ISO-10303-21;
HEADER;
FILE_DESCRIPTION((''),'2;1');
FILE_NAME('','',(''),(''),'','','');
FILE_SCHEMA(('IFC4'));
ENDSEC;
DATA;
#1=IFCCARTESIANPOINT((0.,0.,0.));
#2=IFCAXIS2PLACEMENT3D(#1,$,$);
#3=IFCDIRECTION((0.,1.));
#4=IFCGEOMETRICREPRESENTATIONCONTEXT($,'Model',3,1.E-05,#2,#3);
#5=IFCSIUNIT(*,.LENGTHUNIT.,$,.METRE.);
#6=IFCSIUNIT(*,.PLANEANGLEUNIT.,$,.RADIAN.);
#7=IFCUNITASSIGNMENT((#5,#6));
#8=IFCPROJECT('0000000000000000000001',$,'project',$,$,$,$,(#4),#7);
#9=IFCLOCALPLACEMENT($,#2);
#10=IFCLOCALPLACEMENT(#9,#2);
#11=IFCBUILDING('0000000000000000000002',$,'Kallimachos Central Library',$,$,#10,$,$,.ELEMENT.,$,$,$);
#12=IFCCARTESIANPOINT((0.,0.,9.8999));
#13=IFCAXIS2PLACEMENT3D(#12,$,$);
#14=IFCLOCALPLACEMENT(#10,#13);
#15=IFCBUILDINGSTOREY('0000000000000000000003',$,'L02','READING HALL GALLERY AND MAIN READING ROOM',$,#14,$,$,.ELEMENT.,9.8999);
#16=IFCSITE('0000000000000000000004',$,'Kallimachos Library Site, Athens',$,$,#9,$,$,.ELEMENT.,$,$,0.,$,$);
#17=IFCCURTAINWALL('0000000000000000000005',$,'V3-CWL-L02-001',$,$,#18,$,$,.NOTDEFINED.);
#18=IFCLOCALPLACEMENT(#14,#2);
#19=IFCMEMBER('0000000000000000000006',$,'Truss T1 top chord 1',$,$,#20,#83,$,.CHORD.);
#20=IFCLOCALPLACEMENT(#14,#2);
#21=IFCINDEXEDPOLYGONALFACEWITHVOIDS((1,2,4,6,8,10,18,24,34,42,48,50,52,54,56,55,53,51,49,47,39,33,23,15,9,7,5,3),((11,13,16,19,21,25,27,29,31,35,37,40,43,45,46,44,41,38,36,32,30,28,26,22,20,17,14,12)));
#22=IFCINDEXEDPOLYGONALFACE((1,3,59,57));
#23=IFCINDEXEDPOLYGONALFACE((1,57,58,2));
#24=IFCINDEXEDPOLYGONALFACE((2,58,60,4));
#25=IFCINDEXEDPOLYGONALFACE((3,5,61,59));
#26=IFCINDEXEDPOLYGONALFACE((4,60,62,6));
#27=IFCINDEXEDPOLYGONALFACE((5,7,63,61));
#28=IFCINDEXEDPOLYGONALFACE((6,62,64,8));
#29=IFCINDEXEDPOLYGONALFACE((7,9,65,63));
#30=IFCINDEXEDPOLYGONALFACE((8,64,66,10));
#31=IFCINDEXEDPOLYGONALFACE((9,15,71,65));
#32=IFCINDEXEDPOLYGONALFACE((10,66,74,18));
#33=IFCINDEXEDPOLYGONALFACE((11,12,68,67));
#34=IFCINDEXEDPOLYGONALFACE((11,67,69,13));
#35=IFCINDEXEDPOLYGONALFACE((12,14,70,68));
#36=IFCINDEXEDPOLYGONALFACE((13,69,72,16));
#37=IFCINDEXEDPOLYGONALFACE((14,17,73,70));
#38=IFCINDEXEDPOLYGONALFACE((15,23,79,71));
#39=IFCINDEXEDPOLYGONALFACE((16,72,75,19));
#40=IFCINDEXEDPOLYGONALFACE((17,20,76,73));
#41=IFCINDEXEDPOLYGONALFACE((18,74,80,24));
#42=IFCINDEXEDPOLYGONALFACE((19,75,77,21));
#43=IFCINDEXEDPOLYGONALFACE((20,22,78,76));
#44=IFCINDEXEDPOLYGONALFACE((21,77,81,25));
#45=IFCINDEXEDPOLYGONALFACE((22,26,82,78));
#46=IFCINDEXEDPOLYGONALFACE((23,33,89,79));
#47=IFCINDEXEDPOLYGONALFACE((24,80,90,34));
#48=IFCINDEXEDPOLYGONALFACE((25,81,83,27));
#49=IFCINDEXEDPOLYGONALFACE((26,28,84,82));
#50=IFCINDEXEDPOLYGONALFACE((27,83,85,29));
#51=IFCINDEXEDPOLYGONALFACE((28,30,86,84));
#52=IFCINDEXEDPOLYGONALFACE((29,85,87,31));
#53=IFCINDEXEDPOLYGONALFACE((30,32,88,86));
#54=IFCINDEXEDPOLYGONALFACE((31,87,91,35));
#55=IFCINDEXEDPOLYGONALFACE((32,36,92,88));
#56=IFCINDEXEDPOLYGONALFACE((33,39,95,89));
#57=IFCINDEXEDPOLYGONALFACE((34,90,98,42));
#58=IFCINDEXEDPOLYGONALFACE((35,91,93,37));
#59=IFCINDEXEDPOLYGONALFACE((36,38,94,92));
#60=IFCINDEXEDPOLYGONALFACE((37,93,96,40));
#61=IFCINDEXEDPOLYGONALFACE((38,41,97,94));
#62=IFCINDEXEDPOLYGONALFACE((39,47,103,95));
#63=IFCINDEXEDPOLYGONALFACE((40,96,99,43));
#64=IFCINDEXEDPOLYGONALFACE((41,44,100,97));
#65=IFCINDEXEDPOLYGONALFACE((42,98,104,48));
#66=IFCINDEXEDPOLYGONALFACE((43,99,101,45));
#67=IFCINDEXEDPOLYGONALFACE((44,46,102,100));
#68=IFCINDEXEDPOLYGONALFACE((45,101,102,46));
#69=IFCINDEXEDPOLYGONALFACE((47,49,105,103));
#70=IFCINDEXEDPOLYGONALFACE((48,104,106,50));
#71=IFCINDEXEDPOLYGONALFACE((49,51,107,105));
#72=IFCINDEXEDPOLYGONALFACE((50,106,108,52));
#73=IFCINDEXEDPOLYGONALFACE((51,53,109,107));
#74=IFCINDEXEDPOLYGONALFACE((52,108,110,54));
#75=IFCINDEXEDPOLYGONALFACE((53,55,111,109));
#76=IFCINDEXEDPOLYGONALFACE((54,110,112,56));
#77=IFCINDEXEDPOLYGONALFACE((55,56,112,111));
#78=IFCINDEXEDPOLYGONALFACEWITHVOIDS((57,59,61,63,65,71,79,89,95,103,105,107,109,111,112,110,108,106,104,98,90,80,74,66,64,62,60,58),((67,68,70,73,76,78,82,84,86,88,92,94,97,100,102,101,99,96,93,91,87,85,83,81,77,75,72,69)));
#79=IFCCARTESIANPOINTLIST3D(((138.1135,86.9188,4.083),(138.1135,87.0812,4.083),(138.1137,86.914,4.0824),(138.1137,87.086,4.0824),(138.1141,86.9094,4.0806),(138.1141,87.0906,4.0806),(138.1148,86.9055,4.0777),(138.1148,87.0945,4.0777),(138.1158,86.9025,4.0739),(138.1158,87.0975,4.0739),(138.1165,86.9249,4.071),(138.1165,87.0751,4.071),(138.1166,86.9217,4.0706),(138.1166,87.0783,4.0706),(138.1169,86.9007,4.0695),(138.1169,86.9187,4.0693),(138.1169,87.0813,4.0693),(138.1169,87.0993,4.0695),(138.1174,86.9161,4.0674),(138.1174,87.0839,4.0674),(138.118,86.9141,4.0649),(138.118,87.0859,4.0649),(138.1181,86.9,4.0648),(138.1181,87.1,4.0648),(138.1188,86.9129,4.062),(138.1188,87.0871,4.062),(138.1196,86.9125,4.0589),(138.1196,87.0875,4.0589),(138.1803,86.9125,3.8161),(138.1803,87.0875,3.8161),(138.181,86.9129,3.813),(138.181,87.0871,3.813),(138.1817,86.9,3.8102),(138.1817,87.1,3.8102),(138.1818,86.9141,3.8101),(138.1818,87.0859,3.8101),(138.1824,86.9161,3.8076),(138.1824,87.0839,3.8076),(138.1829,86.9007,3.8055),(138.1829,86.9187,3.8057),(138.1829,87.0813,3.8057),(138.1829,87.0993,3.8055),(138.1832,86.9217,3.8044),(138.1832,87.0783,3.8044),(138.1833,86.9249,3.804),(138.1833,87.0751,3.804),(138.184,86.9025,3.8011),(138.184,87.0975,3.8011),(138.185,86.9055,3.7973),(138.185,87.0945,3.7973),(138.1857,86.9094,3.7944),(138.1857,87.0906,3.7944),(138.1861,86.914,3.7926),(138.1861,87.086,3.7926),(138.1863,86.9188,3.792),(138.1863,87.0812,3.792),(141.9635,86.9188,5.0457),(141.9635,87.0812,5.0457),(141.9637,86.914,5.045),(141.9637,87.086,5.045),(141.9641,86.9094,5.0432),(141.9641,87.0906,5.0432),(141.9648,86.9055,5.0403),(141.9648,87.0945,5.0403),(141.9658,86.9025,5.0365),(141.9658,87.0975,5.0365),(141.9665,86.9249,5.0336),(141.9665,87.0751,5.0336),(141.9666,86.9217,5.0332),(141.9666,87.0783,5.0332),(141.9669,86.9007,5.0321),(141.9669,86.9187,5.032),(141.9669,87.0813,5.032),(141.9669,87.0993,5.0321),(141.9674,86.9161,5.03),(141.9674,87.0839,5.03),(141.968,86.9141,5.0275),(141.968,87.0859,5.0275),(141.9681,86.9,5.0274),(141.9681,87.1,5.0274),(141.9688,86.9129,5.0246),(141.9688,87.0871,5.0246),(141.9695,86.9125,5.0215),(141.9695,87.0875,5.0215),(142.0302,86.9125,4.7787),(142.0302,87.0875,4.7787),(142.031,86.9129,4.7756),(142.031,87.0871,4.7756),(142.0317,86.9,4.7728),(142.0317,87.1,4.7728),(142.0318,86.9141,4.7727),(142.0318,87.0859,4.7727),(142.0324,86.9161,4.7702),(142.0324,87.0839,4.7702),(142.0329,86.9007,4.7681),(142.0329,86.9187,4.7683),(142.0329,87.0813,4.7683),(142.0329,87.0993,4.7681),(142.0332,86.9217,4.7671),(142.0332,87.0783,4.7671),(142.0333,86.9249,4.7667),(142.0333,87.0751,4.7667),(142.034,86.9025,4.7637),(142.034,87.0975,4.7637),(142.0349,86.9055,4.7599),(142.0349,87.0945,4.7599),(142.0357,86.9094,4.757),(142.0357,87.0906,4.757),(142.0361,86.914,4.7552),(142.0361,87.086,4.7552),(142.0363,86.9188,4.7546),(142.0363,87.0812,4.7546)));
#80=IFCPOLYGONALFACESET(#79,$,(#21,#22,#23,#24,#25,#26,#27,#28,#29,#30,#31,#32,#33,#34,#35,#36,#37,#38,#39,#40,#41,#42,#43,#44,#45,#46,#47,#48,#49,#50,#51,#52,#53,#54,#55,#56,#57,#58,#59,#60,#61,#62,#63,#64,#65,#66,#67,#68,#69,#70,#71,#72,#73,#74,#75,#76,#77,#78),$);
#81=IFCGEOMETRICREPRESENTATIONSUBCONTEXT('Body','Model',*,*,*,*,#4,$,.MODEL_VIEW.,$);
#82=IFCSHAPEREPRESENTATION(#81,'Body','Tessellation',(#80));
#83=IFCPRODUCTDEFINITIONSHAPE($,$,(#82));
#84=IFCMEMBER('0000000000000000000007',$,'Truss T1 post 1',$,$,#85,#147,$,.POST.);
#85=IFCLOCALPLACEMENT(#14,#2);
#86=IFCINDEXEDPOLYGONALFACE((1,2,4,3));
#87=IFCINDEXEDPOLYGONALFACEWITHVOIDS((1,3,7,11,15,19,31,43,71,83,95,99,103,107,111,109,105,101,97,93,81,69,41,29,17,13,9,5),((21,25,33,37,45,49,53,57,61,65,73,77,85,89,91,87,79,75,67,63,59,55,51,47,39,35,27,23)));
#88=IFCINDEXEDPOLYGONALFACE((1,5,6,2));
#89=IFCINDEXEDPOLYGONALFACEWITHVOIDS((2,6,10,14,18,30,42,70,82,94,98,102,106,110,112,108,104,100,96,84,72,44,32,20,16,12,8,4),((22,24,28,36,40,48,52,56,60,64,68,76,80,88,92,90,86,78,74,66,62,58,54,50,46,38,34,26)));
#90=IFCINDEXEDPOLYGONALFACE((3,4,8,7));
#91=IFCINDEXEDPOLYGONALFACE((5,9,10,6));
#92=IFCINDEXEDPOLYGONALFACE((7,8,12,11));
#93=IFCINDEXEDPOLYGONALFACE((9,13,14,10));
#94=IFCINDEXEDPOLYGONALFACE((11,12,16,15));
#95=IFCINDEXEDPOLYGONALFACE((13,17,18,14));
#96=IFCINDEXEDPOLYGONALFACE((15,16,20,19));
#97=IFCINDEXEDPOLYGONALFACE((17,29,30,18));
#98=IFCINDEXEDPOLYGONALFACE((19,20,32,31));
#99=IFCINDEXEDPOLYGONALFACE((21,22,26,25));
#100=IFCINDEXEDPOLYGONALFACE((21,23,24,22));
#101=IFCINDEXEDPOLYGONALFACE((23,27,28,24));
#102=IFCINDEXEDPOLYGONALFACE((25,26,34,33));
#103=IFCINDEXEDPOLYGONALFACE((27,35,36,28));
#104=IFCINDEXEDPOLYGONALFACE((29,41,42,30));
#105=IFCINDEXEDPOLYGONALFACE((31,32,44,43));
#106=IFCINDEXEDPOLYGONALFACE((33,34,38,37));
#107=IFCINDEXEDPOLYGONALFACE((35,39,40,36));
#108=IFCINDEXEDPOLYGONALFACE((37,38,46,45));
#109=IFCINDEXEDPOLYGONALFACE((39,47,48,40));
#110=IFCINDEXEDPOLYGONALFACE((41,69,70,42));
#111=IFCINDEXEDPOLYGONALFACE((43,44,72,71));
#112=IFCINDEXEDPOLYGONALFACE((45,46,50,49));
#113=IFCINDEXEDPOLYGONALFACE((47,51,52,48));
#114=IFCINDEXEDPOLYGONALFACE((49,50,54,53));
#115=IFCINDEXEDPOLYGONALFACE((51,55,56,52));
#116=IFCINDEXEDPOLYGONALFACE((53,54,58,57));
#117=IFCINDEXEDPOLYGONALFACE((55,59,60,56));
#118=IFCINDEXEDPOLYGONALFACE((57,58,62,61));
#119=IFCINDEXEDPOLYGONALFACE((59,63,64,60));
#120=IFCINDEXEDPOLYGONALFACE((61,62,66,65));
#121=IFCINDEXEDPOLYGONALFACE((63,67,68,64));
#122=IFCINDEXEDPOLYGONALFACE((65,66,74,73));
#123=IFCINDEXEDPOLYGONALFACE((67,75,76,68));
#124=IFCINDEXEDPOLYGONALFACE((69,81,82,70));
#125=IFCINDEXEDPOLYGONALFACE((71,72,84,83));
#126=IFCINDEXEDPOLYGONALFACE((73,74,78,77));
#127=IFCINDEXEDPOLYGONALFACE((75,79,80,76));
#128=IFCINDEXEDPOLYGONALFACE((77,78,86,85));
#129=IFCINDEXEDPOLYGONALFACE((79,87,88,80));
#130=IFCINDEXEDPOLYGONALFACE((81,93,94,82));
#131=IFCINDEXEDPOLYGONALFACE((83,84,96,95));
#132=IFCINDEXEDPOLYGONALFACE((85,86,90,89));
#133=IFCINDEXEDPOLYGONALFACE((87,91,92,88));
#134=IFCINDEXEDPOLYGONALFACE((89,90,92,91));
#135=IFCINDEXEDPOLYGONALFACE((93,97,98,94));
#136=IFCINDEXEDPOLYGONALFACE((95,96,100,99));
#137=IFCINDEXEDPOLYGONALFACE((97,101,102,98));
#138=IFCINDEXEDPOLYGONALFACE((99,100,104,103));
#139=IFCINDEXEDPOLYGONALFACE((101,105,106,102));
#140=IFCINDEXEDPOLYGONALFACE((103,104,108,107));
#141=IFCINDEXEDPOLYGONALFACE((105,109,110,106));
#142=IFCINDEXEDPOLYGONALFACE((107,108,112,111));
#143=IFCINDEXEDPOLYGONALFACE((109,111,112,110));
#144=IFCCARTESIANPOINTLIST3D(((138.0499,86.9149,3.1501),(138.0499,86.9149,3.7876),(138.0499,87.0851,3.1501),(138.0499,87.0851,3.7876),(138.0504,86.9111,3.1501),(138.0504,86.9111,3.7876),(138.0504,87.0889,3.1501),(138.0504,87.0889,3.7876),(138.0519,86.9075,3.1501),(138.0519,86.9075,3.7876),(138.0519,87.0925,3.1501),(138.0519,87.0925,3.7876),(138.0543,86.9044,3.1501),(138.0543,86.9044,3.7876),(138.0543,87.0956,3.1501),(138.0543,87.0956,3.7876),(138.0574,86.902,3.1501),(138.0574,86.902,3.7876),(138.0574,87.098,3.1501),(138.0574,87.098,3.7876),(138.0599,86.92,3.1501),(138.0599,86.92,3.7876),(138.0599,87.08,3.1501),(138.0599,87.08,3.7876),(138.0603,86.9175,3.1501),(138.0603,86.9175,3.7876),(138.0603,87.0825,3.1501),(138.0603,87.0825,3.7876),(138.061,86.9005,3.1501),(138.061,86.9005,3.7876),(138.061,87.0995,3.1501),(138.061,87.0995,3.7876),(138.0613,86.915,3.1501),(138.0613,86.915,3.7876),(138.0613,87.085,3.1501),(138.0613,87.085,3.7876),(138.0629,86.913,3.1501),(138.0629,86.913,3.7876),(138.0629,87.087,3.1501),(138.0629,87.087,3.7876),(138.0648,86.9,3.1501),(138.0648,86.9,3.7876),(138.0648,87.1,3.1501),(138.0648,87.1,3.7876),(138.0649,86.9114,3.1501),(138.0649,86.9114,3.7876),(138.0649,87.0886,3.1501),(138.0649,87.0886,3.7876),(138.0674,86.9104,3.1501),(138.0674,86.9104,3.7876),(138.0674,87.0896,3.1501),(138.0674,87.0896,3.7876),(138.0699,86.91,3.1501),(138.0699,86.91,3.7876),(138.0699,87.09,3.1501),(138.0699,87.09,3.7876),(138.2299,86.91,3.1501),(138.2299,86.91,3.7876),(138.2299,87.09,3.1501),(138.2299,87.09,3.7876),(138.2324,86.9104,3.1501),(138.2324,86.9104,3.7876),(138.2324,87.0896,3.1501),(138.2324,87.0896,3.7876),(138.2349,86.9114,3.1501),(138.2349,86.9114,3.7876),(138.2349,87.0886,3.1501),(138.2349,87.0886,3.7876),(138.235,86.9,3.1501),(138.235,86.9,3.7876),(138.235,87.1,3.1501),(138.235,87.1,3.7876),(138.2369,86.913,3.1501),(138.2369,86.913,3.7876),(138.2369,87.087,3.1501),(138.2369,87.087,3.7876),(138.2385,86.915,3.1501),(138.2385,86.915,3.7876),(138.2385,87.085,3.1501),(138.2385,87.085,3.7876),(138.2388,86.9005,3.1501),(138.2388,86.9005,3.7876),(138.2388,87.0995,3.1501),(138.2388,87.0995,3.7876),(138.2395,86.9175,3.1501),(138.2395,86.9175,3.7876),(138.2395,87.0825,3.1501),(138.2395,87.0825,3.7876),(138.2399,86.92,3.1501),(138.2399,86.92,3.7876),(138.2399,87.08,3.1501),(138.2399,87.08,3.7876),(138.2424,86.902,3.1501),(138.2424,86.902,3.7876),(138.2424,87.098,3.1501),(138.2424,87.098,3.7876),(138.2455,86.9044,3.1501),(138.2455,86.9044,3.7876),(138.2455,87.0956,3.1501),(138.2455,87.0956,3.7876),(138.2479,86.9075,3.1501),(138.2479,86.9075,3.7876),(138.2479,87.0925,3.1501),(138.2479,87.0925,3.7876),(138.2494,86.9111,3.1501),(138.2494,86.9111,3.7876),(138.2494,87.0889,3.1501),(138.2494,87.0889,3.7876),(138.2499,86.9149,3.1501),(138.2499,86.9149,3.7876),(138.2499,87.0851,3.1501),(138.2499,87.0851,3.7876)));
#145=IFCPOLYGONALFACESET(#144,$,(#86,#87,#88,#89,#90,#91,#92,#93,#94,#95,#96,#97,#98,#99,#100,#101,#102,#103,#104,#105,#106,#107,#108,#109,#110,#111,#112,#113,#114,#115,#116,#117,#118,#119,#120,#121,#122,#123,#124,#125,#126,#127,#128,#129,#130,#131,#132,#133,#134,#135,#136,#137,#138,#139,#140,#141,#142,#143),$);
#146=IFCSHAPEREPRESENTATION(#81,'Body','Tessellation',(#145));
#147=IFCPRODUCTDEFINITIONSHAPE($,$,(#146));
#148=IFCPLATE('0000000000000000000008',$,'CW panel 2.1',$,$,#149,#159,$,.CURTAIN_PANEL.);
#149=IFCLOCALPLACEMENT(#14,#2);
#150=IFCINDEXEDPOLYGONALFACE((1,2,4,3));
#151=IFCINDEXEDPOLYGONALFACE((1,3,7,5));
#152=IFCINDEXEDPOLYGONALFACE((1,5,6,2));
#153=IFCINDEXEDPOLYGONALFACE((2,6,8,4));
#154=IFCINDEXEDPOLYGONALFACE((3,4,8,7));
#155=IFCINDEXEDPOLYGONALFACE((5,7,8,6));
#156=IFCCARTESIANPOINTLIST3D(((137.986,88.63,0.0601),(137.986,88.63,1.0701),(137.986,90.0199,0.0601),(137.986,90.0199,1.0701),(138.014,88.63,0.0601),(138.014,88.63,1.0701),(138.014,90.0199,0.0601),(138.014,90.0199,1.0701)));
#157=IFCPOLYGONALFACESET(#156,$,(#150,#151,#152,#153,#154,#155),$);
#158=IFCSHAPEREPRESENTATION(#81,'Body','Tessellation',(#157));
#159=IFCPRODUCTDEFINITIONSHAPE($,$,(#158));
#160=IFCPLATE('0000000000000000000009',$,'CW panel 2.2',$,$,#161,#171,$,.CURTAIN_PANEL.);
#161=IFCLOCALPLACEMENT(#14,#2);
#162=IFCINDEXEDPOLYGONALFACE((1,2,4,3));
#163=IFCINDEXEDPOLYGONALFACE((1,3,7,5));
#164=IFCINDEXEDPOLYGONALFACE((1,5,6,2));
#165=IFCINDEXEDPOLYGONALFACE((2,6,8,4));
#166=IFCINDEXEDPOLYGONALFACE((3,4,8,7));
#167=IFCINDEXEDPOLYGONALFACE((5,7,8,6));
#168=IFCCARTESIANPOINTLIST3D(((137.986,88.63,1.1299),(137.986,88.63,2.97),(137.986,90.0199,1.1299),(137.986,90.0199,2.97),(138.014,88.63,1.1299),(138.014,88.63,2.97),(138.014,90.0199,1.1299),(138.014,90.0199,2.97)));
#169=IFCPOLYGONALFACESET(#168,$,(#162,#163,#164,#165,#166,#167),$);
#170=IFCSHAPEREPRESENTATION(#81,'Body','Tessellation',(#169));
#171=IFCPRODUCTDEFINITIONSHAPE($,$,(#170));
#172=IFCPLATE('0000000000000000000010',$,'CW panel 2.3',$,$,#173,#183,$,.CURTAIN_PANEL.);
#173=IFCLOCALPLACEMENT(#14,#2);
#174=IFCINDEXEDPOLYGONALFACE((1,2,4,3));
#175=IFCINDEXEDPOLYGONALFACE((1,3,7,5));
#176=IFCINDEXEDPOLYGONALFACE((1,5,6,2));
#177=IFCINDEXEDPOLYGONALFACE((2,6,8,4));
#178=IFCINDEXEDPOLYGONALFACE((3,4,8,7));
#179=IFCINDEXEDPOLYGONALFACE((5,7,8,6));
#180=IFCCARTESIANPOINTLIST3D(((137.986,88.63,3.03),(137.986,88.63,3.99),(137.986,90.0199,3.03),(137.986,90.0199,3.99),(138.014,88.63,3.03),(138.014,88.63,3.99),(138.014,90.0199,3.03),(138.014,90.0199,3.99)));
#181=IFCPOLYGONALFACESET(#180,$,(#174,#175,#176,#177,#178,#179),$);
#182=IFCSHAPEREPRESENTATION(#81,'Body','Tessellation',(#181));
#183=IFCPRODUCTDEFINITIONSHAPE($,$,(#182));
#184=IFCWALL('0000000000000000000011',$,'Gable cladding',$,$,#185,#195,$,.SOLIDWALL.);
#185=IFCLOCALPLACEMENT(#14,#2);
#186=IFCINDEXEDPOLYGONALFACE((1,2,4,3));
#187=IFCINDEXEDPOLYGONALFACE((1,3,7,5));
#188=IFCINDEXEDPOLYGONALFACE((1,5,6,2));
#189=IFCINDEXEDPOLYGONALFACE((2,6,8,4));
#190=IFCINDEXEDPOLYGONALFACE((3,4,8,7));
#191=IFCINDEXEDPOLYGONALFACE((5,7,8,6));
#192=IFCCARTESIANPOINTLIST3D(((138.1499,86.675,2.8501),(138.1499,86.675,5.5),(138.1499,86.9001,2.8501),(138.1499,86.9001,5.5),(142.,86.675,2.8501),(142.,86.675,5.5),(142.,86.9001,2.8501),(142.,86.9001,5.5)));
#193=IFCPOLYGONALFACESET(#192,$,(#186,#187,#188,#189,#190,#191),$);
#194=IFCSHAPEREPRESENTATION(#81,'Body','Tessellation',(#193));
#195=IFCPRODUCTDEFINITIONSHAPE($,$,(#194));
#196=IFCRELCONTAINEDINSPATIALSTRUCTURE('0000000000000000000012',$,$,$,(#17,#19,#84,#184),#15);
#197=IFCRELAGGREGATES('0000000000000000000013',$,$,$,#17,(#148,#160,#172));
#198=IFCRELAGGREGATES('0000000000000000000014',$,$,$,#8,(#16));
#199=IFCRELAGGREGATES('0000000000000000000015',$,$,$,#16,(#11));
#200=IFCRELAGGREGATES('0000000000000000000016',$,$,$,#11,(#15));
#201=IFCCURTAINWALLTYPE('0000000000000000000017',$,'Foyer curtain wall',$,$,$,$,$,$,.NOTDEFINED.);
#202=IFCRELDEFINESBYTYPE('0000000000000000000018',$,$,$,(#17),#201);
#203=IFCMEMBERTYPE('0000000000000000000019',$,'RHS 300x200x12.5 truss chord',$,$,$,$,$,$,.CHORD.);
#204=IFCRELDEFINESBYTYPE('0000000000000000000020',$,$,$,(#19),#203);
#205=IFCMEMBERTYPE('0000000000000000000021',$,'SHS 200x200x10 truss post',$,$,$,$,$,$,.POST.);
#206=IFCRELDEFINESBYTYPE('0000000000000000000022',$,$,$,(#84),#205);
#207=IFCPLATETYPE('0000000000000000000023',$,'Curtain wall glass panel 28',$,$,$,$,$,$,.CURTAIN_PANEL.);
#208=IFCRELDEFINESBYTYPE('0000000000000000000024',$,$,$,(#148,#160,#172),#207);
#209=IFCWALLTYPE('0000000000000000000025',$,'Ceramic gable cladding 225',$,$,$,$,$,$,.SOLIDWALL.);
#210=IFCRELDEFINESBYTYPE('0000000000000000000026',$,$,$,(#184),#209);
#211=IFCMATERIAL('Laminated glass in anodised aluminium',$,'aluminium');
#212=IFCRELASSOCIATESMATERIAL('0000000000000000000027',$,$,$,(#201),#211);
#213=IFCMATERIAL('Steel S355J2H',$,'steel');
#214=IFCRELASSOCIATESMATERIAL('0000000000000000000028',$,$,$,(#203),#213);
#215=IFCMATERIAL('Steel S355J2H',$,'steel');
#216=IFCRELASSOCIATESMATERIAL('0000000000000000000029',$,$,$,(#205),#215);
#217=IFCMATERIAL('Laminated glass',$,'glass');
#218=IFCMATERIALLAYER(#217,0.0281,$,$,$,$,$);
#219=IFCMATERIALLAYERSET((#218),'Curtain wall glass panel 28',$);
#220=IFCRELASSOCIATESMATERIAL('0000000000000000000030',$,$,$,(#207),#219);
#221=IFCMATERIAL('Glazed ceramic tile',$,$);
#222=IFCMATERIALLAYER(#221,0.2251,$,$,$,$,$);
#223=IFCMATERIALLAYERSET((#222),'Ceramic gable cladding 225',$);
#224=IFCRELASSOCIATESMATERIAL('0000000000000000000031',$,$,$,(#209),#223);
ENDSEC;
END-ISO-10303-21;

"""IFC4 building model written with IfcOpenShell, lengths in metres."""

from ifc_helpers import new_model, si_unit, direction, frame, frame_2d, origin, origin_2d, place, context, subcontext, project, spatial, rectangle, hollow_rectangle, extrude, material, layer, layer_set, material_profile, profile_set, type_object, element, aggregate, save


model = new_model("IFC4")

# Units and contexts
model_context = context("Model", 3, precision=1e-05, world=origin(), true_north=direction((0.0, 1.0)))
body_context = subcontext(model_context, "Body", "Model", "MODEL_VIEW")
ifc_project = project(units=[si_unit("LENGTHUNIT", "METRE"), si_unit("PLANEANGLEUNIT", "RADIAN")], contexts=[model_context])

# Site, building, storey
site_placement = place(None, origin())
site = spatial("IfcSite", under=ifc_project, at=site_placement, Name="Kallimachos Library Site, Athens", CompositionType="ELEMENT", RefElevation=0.0)
building_placement = place(site_placement, origin())
building = spatial("IfcBuilding", under=site, at=building_placement, Name="Kallimachos Central Library", CompositionType="ELEMENT")
storey_placement = place(building_placement, frame((0.0, 0.0, 9.8999)))
storey = spatial("IfcBuildingStorey", under=building, at=storey_placement, Name="L02", Description="READING HALL GALLERY AND MAIN READING ROOM", CompositionType="ELEMENT", Elevation=9.8999)

# Curtain wall
ifc_material_1 = material(Name="Laminated glass in anodised aluminium", Category="aluminium")
curtain_wall_type = type_object("IfcCurtainWallType", Name="Foyer curtain wall", PredefinedType="NOTDEFINED", material=ifc_material_1)
curtain_wall_1_placement = place(storey_placement, origin())
curtain_wall_1 = element("IfcCurtainWall", 1, at=curtain_wall_1_placement, inside=storey, type_object=curtain_wall_type, Name="V3-CWL-L02-001", PredefinedType="NOTDEFINED")

# Members
ifc_material_2 = material(Name="Steel S355J2H", Category="steel")
ifc_material_profile_1 = material_profile(ifc_material_2, hollow_rectangle(XDim=0.2, YDim=0.3, WallThickness=0.0125, InnerFilletRadius=0.0125, OuterFilletRadius=0.0188, at=origin_2d()), Name="RHS 300x200x12.5")
ifc_profile_set_1 = profile_set([ifc_material_profile_1], Name="Steel S355J2H")
member_type_1 = type_object("IfcMemberType", Name="RHS 300x200x12.5 truss chord", PredefinedType="CHORD", material=ifc_profile_set_1)
member_1_placement = place(storey_placement, frame((138.1499, 87.0, 3.9375), z_axis=(0.970135, 0.0, 0.242565), x_axis=(0.0, 1.0, 0.0)))
element("IfcMember", 2, at=member_1_placement, inside=storey, type_object=member_type_1, Name="Truss T1 top chord 1", PredefinedType="CHORD", context=body_context, shape_type="SweptSolid", body=[
    extrude(hollow_rectangle(XDim=0.2, YDim=0.3, WallThickness=0.0125, InnerFilletRadius=0.0125, OuterFilletRadius=0.0188, at=origin_2d()), origin(), (0.0, 0.0, 1.0), 3.9685),
])
ifc_material_3 = material(Name="Steel S355J2H", Category="steel")
ifc_material_profile_2 = material_profile(ifc_material_3, hollow_rectangle(XDim=0.2, YDim=0.2, WallThickness=0.01, InnerFilletRadius=0.01, OuterFilletRadius=0.0149, at=origin_2d()), Name="SHS 200x200x10")
ifc_profile_set_2 = profile_set([ifc_material_profile_2], Name="Steel S355J2H")
member_type_2 = type_object("IfcMemberType", Name="SHS 200x200x10 truss post", PredefinedType="POST", material=ifc_profile_set_2)
member_2_placement = place(storey_placement, frame((138.1499, 87.0, 3.1501), z_axis=(0.0, 0.0, 1.0), x_axis=(1.0, 0.0, 0.0)))
element("IfcMember", 3, at=member_2_placement, inside=storey, type_object=member_type_2, Name="Truss T1 post 1", PredefinedType="POST", context=body_context, shape_type="SweptSolid", body=[
    extrude(hollow_rectangle(XDim=0.2, YDim=0.2, WallThickness=0.01, InnerFilletRadius=0.01, OuterFilletRadius=0.0149, at=origin_2d()), origin(), (0.0, 0.0, 1.0), 0.6375),
])

# Plates
ifc_material_4 = material(Name="Laminated glass", Category="glass")
ifc_layer_1 = layer(ifc_material_4, 0.0281)
ifc_layer_set_1 = layer_set([ifc_layer_1], Name="Curtain wall glass panel 28")
plate_type = type_object("IfcPlateType", Name="Curtain wall glass panel 28", PredefinedType="CURTAIN_PANEL", material=ifc_layer_set_1)
plate_1_placement = place(storey_placement, frame((138.0, 89.325, 0.0601), z_axis=(0.0, 0.0, 1.0), x_axis=(0.0, 1.0, 0.0)))
plate_1 = element("IfcPlate", 4, at=plate_1_placement, type_object=plate_type, Name="CW panel 2.1", PredefinedType="CURTAIN_PANEL", context=body_context, shape_type="SweptSolid", body=[
    extrude(rectangle(XDim=1.3899, YDim=0.0281, at=origin_2d()), origin(), (0.0, 0.0, 1.0), 1.01),
])
plate_2_placement = place(storey_placement, frame((138.0, 89.325, 1.1299), z_axis=(0.0, 0.0, 1.0), x_axis=(0.0, 1.0, 0.0)))
plate_2 = element("IfcPlate", 5, at=plate_2_placement, type_object=plate_type, Name="CW panel 2.2", PredefinedType="CURTAIN_PANEL", context=body_context, shape_type="SweptSolid", body=[
    extrude(rectangle(XDim=1.3899, YDim=0.0281, at=origin_2d()), origin(), (0.0, 0.0, 1.0), 1.8401),
])
plate_3_placement = place(storey_placement, frame((138.0, 89.325, 3.03), z_axis=(0.0, 0.0, 1.0), x_axis=(0.0, 1.0, 0.0)))
plate_3 = element("IfcPlate", 6, at=plate_3_placement, type_object=plate_type, Name="CW panel 2.3", PredefinedType="CURTAIN_PANEL", context=body_context, shape_type="SweptSolid", body=[
    extrude(rectangle(XDim=1.3899, YDim=0.0281, at=origin_2d()), origin(), (0.0, 0.0, 1.0), 0.96),
])
aggregate(curtain_wall_1, [plate_1, plate_2, plate_3])

# Wall
ifc_material_5 = material(Name="Glazed ceramic tile")
ifc_layer_2 = layer(ifc_material_5, 0.2251)
ifc_layer_set_2 = layer_set([ifc_layer_2], Name="Ceramic gable cladding 225")
wall_type_1 = type_object("IfcWallType", Name="Ceramic gable cladding 225", PredefinedType="SOLIDWALL", material=ifc_layer_set_2)
wall_1_placement = place(storey_placement, frame((138.1499, 86.7876, 2.8501), z_axis=(0.0, 0.0, 1.0), x_axis=(1.0, 0.0, 0.0)))
element("IfcWall", 7, at=wall_1_placement, inside=storey, type_object=wall_type_1, Name="Gable cladding", PredefinedType="SOLIDWALL", context=body_context, shape_type="SweptSolid", body=[
    extrude(rectangle(XDim=3.8501, YDim=0.2251, at=frame_2d((1.925, 0.0))), origin(), (0.0, 0.0, 1.0), 2.6499),
])

save(model, "model.ifc")
